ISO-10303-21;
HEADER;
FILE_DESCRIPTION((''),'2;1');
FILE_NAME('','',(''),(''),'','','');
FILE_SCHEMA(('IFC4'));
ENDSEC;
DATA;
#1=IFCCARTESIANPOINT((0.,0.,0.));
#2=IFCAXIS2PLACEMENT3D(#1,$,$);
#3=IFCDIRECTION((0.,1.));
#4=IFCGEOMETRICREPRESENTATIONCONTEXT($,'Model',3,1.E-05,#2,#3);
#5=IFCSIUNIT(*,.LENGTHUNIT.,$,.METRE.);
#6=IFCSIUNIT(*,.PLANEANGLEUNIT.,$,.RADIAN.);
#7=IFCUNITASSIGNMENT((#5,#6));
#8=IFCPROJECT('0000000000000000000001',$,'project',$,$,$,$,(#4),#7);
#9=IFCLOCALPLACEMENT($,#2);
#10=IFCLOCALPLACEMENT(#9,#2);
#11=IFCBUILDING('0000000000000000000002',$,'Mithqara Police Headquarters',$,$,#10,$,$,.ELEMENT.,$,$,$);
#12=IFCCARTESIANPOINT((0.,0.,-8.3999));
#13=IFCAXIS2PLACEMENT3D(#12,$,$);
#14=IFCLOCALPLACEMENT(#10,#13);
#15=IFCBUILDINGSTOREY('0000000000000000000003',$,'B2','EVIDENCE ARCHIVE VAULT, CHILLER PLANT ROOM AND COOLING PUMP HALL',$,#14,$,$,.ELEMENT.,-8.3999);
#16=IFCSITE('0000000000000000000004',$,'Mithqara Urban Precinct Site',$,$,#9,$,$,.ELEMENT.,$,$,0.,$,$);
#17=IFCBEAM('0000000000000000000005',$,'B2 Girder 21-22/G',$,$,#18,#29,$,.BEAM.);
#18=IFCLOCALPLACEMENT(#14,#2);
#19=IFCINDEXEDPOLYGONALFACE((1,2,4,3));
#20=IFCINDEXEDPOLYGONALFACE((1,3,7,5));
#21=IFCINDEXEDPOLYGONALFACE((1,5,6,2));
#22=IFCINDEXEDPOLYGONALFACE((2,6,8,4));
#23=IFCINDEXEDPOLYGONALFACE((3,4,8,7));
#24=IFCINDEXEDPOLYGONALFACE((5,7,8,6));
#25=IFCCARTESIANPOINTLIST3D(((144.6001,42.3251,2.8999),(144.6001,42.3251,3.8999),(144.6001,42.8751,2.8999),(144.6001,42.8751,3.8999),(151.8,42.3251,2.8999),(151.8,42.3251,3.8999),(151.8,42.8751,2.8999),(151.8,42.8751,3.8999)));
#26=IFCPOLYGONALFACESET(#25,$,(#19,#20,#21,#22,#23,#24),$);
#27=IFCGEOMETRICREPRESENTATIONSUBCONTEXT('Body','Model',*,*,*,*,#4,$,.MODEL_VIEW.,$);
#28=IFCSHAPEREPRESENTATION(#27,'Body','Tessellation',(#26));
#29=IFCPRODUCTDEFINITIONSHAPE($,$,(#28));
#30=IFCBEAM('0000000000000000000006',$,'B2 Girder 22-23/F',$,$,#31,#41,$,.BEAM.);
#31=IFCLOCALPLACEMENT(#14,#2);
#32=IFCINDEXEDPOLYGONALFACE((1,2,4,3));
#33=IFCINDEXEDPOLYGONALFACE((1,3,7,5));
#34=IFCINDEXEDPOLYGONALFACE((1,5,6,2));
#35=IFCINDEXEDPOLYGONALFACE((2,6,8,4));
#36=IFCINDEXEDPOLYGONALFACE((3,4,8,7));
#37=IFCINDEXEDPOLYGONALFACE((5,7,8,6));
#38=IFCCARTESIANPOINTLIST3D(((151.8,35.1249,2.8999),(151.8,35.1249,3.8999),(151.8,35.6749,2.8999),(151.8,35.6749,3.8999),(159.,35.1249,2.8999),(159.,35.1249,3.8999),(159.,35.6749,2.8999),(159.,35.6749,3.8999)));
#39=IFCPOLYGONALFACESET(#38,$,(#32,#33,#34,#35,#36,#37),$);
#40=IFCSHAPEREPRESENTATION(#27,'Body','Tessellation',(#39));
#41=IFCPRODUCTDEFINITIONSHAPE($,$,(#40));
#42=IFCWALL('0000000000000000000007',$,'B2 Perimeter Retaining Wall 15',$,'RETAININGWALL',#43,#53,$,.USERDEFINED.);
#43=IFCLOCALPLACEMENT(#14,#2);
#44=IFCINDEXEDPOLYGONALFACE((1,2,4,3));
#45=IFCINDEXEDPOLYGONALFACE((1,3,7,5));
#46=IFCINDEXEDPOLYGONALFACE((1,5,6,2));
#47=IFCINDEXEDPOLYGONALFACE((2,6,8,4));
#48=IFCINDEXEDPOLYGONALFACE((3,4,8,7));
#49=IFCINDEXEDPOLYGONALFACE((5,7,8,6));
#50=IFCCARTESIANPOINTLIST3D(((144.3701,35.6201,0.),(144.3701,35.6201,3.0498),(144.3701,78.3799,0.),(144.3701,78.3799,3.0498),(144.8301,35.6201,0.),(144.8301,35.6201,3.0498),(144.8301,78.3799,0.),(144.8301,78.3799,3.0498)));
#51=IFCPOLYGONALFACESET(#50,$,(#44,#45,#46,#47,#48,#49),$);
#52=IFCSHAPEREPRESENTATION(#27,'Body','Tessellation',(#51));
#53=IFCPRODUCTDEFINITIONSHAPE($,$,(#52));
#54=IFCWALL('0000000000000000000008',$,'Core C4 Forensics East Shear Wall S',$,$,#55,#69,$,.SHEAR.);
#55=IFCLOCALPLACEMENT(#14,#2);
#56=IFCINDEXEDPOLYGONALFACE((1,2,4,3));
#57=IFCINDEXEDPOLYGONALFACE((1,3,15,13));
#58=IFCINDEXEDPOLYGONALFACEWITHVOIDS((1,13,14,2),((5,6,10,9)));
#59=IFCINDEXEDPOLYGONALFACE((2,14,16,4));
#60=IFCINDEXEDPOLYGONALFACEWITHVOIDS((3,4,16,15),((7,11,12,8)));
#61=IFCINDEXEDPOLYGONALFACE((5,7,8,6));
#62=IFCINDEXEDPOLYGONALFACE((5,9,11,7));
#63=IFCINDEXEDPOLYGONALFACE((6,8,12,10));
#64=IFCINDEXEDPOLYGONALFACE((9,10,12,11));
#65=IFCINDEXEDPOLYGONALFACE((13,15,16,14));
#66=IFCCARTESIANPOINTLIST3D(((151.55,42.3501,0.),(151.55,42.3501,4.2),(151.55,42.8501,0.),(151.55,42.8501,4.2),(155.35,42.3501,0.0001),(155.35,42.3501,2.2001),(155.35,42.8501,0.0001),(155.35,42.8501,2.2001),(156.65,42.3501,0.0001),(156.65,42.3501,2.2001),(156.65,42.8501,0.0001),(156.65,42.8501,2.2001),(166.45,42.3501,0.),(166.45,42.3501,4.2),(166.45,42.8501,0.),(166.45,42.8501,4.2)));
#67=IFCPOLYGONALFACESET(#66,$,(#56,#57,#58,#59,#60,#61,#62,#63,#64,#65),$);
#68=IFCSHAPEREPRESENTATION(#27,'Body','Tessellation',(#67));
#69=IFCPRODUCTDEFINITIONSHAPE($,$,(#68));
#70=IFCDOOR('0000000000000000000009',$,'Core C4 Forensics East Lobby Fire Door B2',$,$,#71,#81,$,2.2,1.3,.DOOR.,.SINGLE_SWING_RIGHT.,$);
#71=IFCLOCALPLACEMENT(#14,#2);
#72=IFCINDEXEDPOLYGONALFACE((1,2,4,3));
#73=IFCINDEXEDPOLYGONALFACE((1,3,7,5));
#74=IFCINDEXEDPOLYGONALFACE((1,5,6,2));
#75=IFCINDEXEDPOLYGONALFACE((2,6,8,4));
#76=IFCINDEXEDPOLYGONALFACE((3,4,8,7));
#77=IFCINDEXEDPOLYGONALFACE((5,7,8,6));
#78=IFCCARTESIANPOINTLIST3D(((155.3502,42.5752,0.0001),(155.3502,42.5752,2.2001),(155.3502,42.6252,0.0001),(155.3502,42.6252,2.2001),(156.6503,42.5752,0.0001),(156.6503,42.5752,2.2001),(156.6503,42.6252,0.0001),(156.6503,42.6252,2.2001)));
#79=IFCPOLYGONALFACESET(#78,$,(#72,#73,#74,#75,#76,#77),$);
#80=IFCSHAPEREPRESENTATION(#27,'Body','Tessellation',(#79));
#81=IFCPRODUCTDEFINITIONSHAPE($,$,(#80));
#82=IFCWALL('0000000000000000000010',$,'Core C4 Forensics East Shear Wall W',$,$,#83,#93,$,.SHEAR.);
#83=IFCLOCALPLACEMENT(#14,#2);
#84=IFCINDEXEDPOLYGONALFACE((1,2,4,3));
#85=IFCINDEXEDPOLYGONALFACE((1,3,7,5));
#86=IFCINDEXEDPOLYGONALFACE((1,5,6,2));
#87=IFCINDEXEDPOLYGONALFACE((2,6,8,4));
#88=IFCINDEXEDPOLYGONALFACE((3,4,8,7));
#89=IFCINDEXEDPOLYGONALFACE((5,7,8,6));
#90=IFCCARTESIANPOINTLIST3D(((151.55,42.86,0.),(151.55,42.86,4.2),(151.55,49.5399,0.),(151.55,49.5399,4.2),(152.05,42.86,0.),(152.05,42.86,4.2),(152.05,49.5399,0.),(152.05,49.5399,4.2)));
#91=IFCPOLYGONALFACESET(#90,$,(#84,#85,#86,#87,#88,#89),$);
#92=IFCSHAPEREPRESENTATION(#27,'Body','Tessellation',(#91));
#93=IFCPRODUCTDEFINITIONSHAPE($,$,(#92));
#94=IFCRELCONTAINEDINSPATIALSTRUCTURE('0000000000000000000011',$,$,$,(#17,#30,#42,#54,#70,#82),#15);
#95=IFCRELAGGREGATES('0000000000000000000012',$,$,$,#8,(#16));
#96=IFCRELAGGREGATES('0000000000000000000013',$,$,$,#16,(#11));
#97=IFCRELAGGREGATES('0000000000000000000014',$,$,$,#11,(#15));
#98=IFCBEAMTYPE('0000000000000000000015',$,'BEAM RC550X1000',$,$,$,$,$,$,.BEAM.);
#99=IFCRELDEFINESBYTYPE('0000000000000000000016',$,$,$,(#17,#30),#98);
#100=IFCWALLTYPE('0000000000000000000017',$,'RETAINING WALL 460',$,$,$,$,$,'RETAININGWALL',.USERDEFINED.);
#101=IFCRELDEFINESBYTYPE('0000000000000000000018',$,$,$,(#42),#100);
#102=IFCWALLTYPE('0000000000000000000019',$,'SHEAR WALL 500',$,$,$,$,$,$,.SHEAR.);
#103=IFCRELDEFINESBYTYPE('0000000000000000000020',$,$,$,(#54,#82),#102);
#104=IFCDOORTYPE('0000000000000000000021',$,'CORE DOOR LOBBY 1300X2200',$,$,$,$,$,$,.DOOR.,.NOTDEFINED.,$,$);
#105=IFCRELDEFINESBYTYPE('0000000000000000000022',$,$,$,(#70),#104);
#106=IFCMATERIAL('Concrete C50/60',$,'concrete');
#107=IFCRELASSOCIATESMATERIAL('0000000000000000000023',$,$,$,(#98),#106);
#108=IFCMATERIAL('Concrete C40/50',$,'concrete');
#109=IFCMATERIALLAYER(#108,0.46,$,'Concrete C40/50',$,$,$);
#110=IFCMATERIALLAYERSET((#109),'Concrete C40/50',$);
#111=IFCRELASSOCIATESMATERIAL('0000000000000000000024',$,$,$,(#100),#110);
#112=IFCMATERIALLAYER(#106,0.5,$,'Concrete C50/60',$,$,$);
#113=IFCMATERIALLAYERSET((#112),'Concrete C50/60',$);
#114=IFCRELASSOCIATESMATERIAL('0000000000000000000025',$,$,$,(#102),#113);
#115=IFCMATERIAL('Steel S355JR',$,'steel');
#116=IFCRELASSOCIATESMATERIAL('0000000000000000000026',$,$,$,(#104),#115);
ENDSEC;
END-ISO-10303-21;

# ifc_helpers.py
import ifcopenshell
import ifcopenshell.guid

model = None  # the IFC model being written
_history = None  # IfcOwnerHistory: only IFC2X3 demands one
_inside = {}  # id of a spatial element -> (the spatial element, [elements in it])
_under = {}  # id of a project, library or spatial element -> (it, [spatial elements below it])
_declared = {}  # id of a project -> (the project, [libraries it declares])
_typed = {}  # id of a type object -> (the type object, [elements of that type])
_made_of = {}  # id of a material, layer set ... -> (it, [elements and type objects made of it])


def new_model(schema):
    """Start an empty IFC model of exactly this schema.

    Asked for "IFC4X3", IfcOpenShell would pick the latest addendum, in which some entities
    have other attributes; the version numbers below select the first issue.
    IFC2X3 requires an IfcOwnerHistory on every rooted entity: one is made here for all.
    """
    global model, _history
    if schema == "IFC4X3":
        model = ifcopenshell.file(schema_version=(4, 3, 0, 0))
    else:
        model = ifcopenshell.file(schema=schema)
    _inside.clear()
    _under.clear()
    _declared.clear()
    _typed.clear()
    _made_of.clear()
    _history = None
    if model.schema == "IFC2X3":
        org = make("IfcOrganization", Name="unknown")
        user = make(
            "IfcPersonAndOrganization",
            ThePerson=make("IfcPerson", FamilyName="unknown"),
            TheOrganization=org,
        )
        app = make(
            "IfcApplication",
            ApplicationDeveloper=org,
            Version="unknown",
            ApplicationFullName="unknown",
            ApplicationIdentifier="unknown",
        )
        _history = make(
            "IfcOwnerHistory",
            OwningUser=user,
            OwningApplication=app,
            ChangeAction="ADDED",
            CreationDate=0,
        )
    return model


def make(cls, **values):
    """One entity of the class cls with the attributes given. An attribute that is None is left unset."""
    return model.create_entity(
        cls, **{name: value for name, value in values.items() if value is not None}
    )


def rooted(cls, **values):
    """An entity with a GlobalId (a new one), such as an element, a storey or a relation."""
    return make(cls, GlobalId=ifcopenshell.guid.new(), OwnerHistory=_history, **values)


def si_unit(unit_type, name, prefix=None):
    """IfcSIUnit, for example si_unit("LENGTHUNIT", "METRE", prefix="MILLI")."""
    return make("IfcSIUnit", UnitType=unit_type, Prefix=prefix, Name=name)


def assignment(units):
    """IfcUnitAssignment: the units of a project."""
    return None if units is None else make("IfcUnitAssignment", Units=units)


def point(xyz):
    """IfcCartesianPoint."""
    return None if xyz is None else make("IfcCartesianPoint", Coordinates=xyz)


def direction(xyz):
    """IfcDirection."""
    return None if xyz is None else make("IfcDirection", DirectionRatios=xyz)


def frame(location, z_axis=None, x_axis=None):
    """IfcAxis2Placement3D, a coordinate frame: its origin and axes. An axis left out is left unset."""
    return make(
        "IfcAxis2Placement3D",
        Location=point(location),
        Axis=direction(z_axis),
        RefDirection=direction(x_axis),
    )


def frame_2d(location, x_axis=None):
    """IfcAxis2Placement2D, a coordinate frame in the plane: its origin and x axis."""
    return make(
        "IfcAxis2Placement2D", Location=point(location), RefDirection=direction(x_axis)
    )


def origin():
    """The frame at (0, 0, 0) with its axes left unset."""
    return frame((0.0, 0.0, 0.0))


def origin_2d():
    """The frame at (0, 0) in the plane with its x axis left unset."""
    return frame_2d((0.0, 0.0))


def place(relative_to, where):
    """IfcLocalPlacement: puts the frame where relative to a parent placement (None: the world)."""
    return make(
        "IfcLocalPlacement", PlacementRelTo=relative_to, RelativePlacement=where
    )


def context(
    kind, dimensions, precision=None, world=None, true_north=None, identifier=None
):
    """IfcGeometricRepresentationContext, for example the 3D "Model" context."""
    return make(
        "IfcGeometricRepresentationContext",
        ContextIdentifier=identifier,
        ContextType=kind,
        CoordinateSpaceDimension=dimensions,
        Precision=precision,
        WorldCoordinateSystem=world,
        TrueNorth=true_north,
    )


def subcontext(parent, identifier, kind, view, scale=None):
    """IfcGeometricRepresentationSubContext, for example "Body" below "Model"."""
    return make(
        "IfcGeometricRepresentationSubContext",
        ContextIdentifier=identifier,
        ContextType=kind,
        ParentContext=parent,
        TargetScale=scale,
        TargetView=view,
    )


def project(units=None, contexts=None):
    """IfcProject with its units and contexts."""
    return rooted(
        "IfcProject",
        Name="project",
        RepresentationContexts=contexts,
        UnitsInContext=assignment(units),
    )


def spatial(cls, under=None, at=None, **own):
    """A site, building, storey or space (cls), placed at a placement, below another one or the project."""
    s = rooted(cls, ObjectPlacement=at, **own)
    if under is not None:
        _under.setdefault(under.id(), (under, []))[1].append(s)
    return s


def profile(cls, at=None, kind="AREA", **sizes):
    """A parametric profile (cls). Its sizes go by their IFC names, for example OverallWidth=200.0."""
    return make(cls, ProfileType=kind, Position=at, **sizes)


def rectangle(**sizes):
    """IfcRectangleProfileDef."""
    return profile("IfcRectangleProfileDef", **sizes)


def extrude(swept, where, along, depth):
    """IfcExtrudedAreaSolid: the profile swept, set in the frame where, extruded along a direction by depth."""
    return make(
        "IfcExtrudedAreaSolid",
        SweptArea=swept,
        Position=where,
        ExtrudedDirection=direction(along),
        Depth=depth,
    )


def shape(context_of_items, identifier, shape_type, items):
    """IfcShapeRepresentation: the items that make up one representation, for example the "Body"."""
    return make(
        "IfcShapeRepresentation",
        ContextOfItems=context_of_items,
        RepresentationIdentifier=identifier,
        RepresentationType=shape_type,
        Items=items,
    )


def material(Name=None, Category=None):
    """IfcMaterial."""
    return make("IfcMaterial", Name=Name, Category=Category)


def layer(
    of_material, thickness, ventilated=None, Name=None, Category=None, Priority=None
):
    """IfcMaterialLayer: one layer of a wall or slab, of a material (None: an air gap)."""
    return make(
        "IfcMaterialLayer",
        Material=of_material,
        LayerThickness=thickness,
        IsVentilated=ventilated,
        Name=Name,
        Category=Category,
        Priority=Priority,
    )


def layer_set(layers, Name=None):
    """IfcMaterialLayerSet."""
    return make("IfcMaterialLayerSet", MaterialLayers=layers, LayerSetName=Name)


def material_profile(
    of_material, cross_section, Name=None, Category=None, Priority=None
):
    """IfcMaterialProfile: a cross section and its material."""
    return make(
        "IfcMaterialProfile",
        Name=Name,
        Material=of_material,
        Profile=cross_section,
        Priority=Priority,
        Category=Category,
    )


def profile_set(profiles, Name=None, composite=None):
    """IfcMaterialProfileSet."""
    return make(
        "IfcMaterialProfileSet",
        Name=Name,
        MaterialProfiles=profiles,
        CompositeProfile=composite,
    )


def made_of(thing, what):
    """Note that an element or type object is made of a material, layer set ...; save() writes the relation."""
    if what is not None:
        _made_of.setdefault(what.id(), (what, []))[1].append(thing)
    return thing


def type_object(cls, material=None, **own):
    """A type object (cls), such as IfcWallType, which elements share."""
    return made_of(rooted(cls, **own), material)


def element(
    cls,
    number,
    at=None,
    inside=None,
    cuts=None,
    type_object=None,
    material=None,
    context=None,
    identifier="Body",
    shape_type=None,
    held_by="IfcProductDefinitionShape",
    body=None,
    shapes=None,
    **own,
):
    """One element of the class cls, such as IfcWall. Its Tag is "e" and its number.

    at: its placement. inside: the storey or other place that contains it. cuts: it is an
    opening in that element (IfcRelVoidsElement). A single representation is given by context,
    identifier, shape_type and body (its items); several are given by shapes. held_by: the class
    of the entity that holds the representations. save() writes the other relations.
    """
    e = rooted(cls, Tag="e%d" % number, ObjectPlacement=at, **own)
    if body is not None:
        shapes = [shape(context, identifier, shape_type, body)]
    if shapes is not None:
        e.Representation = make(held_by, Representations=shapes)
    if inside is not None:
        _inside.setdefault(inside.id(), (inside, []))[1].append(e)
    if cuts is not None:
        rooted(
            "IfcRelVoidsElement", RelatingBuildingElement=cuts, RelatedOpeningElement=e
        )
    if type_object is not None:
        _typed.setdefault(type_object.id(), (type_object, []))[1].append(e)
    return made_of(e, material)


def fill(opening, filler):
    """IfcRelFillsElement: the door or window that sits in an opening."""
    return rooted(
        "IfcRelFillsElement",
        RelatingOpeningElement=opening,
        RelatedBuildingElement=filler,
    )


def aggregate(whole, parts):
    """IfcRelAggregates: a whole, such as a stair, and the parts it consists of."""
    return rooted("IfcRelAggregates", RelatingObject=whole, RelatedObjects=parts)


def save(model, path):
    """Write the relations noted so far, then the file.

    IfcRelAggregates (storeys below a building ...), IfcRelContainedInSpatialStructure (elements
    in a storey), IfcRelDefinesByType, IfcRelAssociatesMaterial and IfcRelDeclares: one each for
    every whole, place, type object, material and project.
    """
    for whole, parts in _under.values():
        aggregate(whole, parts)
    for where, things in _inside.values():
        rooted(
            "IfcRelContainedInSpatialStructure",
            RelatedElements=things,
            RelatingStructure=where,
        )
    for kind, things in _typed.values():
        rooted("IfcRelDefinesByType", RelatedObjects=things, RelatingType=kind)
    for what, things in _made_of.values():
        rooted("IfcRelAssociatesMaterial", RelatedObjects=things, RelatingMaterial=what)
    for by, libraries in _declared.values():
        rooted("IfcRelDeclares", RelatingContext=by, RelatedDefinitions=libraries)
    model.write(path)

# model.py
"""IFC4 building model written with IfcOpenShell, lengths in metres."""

from ifc_helpers import new_model, si_unit, direction, frame, frame_2d, origin, origin_2d, place, context, subcontext, project, spatial, rectangle, extrude, material, layer, layer_set, material_profile, profile_set, type_object, element, fill, save


model = new_model("IFC4")

# Units and contexts
model_context = context("Model", 3, precision=1e-05, world=origin(), true_north=direction((0.0, 1.0)))
body_context = subcontext(model_context, "Body", "Model", "MODEL_VIEW")
ifc_project = project(units=[si_unit("LENGTHUNIT", "METRE"), si_unit("PLANEANGLEUNIT", "RADIAN")], contexts=[model_context])

# Site, building, storey
site_placement = place(None, origin())
site = spatial("IfcSite", under=ifc_project, at=site_placement, Name="Mithqara Urban Precinct Site", CompositionType="ELEMENT", RefElevation=0.0)
building_placement = place(site_placement, origin())
building = spatial("IfcBuilding", under=site, at=building_placement, Name="Mithqara Police Headquarters", CompositionType="ELEMENT")
storey_placement = place(building_placement, frame((0.0, 0.0, -8.3999)))
storey = spatial("IfcBuildingStorey", under=building, at=storey_placement, Name="B2", Description="EVIDENCE ARCHIVE VAULT, CHILLER PLANT ROOM AND COOLING PUMP HALL", CompositionType="ELEMENT", Elevation=-8.3999)

# Shared definitions
ifc_material_1 = material(Name="Concrete C40/50", Category="concrete")

# Shared definitions
ifc_material_2 = material(Name="Concrete C50/60", Category="concrete")

# Beams
ifc_material_3 = material(Name="Steel S355JR", Category="steel")
ifc_material_profile_1 = material_profile(ifc_material_2, rectangle(XDim=0.55, YDim=1.0, at=origin_2d()), Name="RC 550x1000")
ifc_profile_set_1 = profile_set([ifc_material_profile_1], Name="Concrete C50/60")
beam_type_1 = type_object("IfcBeamType", Name="BEAM RC550X1000", PredefinedType="BEAM", material=ifc_profile_set_1)
for number, where, z_axis, x_axis, name in (
    (1, (144.6001, 42.6001, 3.3999), (1.0, 0.0, 0.0), (0.0, 1.0, 0.0), "B2 Girder 21-22/G"),
    (2, (151.8, 35.3999, 3.3999), (1.0, 0.0, 0.0), (0.0, 1.0, 0.0), "B2 Girder 22-23/F"),
):
    element("IfcBeam", number, at=place(storey_placement, frame(where, z_axis=z_axis, x_axis=x_axis)), inside=storey, type_object=beam_type_1, Name=name, PredefinedType="BEAM", context=body_context, shape_type="SweptSolid", body=[
        extrude(rectangle(XDim=0.55, YDim=1.0, at=origin_2d()), origin(), (0.0, 0.0, 1.0), 7.2),
    ])

# Wall
ifc_layer_1 = layer(ifc_material_1, 0.46, Name="Concrete C40/50")
ifc_layer_set_1 = layer_set([ifc_layer_1], Name="Concrete C40/50")
wall_type_1 = type_object("IfcWallType", Name="RETAINING WALL 460", ElementType="RETAININGWALL", PredefinedType="USERDEFINED", material=ifc_layer_set_1)
wall_1_placement = place(storey_placement, frame((144.6001, 35.6201, 0.0), z_axis=(0.0, 0.0, 1.0), x_axis=(0.0, 1.0, 0.0)))
element("IfcWall", 3, at=wall_1_placement, inside=storey, type_object=wall_type_1, Name="B2 Perimeter Retaining Wall 15", ObjectType="RETAININGWALL", PredefinedType="USERDEFINED", context=body_context, shape_type="SweptSolid", body=[
    extrude(rectangle(XDim=42.7598, YDim=0.46, at=frame_2d((21.3799, 0.0))), origin(), (0.0, 0.0, 1.0), 3.0498),
])

# Wall, opening, door
ifc_layer_2 = layer(ifc_material_2, 0.5, Name="Concrete C50/60")
ifc_layer_set_2 = layer_set([ifc_layer_2], Name="Concrete C50/60")
wall_type_2 = type_object("IfcWallType", Name="SHEAR WALL 500", PredefinedType="SHEAR", material=ifc_layer_set_2)
wall_2_placement = place(storey_placement, frame((151.55, 42.6001, 0.0), z_axis=(0.0, 0.0, 1.0), x_axis=(1.0, 0.0, 0.0)))
wall_2 = element("IfcWall", 4, at=wall_2_placement, inside=storey, type_object=wall_type_2, Name="Core C4 Forensics East Shear Wall S", PredefinedType="SHEAR", context=body_context, shape_type="SweptSolid", body=[
    extrude(rectangle(XDim=14.8999, YDim=0.5, at=frame_2d((7.45, 0.0))), origin(), (0.0, 0.0, 1.0), 4.2),
])
opening_placement = place(wall_2_placement, frame((3.8, 0.0, 0.0)))
opening = element("IfcOpeningElement", 5, at=opening_placement, cuts=wall_2, PredefinedType="OPENING", context=body_context, shape_type="SweptSolid", body=[
    extrude(rectangle(XDim=1.3, YDim=2.2, at=frame_2d((0.6499, 1.1001))), frame((0.0, 0.26, 0.0), z_axis=(0.0, -1.0, 0.0), x_axis=(1.0, 0.0, 0.0)), (0.0, 0.0, 1.0), 0.52),
])
door_type = type_object("IfcDoorType", Name="CORE DOOR LOBBY 1300X2200", OperationType="NOTDEFINED", PredefinedType="DOOR", material=ifc_material_3)
door_placement = place(opening_placement, frame((1.3, 0.0, 0.0), z_axis=(0.0, 0.0, 1.0), x_axis=(-1.0, 0.0, 0.0)))
door = element("IfcDoor", 6, at=door_placement, inside=storey, type_object=door_type, Name="Core C4 Forensics East Lobby Fire Door B2", OperationType="SINGLE_SWING_RIGHT", OverallHeight=2.2, OverallWidth=1.3, PredefinedType="DOOR", context=body_context, shape_type="SweptSolid", body=[
    extrude(rectangle(XDim=1.3, YDim=2.2, at=frame_2d((0.6499, 1.1001))), frame((0.0, 0.0249, 0.0), z_axis=(0.0, -1.0, 0.0), x_axis=(1.0, 0.0, 0.0)), (0.0, 0.0, 1.0), 0.05),
])
fill(opening, door)

# Wall
wall_3_placement = place(storey_placement, frame((151.8, 42.8601, 0.0), z_axis=(0.0, 0.0, 1.0), x_axis=(0.0, 1.0, 0.0)))
element("IfcWall", 7, at=wall_3_placement, inside=storey, type_object=wall_type_2, Name="Core C4 Forensics East Shear Wall W", PredefinedType="SHEAR", context=body_context, shape_type="SweptSolid", body=[
    extrude(rectangle(XDim=6.6799, YDim=0.5, at=frame_2d((3.3398, 0.0))), origin(), (0.0, 0.0, 1.0), 4.2),
])

save(model, "model.ifc")
